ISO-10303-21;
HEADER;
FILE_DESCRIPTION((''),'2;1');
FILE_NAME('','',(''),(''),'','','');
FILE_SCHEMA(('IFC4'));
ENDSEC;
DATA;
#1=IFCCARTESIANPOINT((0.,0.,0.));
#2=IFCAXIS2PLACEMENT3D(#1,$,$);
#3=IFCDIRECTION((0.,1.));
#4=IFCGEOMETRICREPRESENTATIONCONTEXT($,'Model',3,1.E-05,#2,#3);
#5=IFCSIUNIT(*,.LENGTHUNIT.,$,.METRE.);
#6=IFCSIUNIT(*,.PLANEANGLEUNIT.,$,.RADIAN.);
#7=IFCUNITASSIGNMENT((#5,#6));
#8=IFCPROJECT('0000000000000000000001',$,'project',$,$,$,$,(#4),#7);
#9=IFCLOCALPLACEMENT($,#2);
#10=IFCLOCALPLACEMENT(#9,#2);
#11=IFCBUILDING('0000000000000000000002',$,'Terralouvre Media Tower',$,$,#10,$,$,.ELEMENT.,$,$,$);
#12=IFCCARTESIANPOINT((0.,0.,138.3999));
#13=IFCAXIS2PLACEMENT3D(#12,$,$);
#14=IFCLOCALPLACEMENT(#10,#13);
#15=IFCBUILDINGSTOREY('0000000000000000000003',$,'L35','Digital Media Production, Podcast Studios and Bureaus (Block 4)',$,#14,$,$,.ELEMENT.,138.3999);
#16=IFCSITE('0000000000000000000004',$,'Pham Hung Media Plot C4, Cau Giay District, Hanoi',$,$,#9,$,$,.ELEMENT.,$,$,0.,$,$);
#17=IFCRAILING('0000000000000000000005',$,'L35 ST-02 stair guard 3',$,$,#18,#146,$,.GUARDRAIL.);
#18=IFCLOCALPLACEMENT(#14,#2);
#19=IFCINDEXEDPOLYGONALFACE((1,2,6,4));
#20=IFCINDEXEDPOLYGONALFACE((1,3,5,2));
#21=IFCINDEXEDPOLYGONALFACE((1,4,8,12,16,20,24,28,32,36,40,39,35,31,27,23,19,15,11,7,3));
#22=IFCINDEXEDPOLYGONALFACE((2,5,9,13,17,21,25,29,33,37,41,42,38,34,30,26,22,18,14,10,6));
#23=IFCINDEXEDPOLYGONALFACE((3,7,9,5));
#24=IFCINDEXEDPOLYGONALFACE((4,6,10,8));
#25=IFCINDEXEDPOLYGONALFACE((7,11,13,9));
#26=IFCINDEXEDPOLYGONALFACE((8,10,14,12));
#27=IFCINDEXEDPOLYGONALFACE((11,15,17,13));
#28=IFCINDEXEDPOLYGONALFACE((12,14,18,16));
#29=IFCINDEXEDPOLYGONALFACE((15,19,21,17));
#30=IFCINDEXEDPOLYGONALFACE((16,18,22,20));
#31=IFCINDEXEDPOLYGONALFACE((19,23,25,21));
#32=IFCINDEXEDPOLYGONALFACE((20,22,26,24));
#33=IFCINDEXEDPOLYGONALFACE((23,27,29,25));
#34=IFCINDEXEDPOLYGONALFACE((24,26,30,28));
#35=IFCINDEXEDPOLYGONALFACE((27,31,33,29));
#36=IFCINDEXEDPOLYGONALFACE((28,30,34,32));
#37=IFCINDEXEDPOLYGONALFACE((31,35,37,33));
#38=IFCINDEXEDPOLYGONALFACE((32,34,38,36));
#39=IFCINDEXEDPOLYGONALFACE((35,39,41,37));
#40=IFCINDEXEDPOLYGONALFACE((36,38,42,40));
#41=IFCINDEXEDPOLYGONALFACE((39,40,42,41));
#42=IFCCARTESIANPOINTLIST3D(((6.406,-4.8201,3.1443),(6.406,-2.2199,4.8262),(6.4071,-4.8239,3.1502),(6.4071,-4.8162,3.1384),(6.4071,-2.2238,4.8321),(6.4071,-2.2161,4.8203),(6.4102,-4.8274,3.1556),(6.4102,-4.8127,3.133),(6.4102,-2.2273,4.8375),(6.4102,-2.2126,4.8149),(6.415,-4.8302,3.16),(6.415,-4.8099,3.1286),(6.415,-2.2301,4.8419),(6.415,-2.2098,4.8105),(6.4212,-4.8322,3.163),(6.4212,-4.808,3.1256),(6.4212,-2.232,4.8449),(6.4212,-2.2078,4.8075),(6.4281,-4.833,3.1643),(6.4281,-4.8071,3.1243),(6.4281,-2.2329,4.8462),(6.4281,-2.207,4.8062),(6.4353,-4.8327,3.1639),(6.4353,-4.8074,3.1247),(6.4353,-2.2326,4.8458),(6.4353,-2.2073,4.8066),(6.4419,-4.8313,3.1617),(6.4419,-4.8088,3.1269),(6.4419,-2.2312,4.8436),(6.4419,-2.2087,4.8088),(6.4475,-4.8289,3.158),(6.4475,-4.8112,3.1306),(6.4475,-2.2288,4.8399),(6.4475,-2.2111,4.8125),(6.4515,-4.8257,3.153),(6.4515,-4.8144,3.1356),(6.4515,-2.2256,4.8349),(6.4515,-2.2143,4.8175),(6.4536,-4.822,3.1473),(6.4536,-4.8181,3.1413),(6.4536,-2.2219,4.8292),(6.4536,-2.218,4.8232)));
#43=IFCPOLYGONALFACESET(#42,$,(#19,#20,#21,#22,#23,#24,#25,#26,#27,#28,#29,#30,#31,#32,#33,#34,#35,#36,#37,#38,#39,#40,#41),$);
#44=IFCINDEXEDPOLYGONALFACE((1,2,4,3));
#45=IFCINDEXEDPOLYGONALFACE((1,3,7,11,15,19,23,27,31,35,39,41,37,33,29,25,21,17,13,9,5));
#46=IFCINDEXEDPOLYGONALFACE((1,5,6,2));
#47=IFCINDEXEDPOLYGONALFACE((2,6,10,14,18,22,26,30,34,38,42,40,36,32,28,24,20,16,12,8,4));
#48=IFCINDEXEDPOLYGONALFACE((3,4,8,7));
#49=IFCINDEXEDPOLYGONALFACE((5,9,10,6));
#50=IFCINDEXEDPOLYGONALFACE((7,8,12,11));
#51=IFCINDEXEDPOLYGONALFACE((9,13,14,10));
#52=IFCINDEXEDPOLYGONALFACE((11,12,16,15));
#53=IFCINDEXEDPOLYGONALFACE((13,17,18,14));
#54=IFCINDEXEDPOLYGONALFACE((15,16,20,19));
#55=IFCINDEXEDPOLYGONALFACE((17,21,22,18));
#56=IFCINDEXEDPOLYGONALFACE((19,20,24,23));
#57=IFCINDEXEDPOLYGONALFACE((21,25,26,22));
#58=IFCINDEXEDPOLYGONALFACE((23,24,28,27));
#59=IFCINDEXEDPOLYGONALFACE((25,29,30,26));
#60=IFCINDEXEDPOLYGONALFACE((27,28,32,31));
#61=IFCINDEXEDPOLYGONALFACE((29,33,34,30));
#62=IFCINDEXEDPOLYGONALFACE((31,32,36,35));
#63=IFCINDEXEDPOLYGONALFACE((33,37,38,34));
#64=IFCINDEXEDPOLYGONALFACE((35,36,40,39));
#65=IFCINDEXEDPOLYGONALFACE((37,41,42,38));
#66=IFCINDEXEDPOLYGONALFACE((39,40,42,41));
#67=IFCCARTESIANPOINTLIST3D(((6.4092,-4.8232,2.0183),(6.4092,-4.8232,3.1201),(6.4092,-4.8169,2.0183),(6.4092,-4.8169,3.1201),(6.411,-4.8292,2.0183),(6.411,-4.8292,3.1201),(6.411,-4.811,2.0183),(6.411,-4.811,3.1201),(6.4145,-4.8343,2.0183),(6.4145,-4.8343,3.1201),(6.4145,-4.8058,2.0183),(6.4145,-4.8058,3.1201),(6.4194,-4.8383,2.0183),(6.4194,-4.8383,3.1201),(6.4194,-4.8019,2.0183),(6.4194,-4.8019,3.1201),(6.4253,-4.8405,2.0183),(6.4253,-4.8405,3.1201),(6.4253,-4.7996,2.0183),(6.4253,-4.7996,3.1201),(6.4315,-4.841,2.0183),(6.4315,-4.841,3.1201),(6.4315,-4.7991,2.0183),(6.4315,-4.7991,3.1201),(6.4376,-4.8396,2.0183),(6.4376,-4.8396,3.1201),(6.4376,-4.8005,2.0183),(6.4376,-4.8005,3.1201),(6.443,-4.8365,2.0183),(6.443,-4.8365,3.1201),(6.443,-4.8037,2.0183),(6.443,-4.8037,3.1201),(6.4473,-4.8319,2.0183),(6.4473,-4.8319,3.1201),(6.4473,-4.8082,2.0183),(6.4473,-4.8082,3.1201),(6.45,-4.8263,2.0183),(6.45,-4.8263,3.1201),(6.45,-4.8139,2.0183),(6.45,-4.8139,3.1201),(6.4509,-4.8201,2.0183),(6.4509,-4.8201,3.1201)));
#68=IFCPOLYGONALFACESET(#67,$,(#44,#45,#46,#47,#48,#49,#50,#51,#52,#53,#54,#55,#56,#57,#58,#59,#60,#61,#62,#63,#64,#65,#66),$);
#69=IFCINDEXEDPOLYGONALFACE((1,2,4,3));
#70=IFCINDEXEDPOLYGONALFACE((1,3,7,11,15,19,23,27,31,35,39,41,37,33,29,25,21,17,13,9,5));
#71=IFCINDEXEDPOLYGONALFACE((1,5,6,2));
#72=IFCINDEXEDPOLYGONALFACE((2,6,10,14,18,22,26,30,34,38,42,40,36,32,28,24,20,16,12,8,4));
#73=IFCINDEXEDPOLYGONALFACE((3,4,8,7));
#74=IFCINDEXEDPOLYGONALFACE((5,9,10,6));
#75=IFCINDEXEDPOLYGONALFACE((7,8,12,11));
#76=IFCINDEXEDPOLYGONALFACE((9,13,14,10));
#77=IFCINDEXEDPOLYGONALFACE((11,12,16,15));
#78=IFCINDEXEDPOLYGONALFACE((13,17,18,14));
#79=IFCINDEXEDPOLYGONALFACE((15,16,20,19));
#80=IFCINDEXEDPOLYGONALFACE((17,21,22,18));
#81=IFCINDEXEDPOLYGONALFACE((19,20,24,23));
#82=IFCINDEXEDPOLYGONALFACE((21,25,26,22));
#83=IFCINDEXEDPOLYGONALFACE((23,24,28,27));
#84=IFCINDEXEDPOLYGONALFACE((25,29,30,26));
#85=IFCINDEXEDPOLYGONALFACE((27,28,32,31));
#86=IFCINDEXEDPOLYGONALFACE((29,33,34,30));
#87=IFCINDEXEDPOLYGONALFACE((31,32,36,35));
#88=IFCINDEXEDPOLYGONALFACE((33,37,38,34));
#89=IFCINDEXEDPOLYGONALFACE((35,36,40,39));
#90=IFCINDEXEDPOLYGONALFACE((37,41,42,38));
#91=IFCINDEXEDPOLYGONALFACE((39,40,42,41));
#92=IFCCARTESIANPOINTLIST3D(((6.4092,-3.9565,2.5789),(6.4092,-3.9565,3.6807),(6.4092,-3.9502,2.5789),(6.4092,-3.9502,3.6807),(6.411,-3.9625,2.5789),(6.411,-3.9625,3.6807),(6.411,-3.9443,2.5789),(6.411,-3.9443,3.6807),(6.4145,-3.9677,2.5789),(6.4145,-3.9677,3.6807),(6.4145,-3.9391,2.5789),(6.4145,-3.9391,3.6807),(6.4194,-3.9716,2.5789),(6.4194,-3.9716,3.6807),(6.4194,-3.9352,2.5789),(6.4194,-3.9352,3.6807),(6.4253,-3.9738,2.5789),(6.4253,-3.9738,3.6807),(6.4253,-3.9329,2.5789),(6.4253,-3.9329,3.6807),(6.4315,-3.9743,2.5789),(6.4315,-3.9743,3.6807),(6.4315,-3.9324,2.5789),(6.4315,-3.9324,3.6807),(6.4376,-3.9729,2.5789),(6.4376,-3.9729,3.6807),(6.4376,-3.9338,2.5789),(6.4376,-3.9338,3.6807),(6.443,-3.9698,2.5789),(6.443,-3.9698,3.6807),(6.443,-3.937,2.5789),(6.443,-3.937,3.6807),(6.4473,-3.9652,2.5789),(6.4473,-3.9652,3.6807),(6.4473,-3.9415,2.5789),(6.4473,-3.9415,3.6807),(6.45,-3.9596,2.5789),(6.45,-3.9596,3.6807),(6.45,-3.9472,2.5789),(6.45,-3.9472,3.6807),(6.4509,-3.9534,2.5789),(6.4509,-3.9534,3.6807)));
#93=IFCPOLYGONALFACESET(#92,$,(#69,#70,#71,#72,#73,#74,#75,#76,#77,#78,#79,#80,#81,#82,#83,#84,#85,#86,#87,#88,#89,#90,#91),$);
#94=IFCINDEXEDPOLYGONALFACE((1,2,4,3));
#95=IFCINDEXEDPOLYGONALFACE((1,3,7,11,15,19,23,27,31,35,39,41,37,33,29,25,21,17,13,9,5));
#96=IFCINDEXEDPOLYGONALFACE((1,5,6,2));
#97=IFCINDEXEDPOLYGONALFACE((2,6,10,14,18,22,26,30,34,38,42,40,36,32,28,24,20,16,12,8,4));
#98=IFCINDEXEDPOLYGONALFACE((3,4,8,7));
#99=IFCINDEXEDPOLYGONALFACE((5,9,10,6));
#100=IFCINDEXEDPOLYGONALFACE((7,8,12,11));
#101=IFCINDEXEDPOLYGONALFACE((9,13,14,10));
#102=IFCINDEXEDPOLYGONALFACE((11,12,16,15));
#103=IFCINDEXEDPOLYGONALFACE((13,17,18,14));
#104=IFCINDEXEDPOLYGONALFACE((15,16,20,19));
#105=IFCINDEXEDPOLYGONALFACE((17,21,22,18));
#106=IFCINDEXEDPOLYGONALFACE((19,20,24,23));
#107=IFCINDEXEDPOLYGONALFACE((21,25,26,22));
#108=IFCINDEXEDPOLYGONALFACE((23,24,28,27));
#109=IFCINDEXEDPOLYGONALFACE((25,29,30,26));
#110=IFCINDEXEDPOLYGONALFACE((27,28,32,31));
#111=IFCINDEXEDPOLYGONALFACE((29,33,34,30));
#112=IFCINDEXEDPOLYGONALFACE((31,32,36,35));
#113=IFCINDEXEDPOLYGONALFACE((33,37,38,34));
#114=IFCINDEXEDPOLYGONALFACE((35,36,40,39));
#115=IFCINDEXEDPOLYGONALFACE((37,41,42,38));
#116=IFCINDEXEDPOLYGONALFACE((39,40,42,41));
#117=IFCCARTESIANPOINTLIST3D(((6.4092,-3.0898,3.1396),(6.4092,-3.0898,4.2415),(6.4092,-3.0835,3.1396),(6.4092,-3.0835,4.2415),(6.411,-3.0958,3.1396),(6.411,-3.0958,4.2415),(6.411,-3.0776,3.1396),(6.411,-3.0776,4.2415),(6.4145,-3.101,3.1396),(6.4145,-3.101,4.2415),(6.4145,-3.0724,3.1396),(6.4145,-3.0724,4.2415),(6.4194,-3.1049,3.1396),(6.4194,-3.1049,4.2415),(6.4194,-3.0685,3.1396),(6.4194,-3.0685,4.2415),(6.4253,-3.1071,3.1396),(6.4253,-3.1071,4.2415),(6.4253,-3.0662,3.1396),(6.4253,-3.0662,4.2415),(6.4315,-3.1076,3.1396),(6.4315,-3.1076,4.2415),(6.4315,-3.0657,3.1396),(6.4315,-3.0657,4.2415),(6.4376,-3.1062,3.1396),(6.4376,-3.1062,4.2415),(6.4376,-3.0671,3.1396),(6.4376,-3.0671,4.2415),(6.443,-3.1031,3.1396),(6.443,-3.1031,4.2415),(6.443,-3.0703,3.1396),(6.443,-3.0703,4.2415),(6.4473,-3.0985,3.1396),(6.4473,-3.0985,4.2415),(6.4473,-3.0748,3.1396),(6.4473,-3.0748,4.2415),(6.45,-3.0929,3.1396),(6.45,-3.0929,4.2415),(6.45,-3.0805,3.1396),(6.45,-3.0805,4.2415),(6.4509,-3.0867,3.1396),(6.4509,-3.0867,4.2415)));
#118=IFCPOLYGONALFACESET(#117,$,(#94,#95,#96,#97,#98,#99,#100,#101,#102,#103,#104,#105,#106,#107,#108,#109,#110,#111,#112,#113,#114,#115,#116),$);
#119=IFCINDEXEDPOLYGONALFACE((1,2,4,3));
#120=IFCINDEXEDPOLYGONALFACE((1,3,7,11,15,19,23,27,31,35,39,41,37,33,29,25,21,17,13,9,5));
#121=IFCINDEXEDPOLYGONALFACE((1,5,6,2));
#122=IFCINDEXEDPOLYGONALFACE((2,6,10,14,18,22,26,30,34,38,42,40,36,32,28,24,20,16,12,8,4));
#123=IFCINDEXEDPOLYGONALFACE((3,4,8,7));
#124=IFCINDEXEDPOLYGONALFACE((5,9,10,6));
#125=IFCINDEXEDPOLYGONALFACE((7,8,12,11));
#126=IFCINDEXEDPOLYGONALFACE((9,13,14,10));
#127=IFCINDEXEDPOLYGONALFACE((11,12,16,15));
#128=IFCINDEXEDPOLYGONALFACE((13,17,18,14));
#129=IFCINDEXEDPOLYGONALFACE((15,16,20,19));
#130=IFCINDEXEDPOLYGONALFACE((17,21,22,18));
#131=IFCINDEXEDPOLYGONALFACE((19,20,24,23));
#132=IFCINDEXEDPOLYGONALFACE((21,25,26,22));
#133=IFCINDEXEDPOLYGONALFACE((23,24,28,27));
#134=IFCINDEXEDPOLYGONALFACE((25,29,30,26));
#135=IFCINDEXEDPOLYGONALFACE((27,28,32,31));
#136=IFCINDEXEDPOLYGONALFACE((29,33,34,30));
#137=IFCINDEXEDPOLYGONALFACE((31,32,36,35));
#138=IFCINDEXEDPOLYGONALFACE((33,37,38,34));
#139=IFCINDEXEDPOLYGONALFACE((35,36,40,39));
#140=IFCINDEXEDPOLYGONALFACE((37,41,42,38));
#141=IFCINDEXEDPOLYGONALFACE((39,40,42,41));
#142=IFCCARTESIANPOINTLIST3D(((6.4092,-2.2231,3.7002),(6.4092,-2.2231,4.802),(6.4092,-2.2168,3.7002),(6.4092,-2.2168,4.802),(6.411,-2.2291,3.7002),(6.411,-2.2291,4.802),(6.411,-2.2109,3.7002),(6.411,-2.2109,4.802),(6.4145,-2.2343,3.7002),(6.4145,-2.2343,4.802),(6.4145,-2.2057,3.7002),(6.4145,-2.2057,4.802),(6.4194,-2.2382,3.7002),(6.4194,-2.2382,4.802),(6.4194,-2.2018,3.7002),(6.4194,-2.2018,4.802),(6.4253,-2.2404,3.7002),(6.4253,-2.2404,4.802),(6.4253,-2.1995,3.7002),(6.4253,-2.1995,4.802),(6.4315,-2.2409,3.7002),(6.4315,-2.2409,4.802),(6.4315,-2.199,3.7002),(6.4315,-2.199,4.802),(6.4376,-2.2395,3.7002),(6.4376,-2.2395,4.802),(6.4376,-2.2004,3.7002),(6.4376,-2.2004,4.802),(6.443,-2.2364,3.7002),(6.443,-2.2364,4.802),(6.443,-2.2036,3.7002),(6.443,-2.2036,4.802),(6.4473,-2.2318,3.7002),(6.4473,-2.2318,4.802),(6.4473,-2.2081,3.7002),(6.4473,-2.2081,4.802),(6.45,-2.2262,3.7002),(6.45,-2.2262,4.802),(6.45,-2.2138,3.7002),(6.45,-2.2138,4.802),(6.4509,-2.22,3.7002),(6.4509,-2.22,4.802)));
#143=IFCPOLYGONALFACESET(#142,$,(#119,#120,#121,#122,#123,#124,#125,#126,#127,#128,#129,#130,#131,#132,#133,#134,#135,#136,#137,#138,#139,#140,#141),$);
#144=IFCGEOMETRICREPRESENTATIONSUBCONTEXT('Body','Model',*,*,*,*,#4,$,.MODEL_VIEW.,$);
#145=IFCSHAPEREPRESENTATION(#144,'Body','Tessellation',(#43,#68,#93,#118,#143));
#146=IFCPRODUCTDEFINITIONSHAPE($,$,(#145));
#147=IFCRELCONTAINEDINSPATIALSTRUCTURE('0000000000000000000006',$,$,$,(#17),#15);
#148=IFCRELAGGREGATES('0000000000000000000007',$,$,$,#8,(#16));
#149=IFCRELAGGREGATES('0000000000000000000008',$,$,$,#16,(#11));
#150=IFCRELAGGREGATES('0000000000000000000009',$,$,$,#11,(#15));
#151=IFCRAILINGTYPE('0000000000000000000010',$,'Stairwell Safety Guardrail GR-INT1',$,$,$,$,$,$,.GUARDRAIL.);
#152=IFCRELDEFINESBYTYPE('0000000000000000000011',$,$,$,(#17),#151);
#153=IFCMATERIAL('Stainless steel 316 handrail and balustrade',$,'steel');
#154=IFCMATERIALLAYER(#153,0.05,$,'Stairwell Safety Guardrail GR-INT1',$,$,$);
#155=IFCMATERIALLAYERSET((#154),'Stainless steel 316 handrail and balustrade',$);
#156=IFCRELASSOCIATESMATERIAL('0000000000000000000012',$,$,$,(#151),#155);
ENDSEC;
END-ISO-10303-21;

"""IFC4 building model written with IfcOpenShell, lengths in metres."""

from ifc_helpers import new_model, si_unit, direction, frame, origin, origin_2d, place, context, subcontext, project, spatial, circle, extrude, material, layer, layer_set, type_object, element, save


model = new_model("IFC4")

# Units and contexts
model_context = context("Model", 3, precision=1e-05, world=origin(), true_north=direction((0.0, 1.0)))
body_context = subcontext(model_context, "Body", "Model", "MODEL_VIEW")
ifc_project = project(units=[si_unit("LENGTHUNIT", "METRE"), si_unit("PLANEANGLEUNIT", "RADIAN")], contexts=[model_context])

# Site, building, storey
site_placement = place(None, origin())
site = spatial("IfcSite", under=ifc_project, at=site_placement, Name="Pham Hung Media Plot C4, Cau Giay District, Hanoi", CompositionType="ELEMENT", RefElevation=0.0)
building_placement = place(site_placement, origin())
building = spatial("IfcBuilding", under=site, at=building_placement, Name="Terralouvre Media Tower", CompositionType="ELEMENT")
storey_placement = place(building_placement, frame((0.0, 0.0, 138.3999)))
storey = spatial("IfcBuildingStorey", under=building, at=storey_placement, Name="L35", Description="Digital Media Production, Podcast Studios and Bureaus (Block 4)", CompositionType="ELEMENT", Elevation=138.3999)

# Railing
ifc_material_1 = material(Name="Stainless steel 316 handrail and balustrade", Category="steel")
ifc_layer_1 = layer(ifc_material_1, 0.05, Name="Stairwell Safety Guardrail GR-INT1")
ifc_layer_set_1 = layer_set([ifc_layer_1], Name="Stainless steel 316 handrail and balustrade")
railing_type_1 = type_object("IfcRailingType", Name="Stairwell Safety Guardrail GR-INT1", PredefinedType="GUARDRAIL", material=ifc_layer_set_1)
railing_1_placement = place(storey_placement, frame((6.4299, -4.8201, 2.0183)))
element("IfcRailing", 1, at=railing_1_placement, inside=storey, type_object=railing_type_1, Name="L35 ST-02 stair guard 3", PredefinedType="GUARDRAIL", context=body_context, shape_type="SweptSolid", body=[
    extrude(circle(Radius=0.0239, at=origin_2d()), frame((0.0, 0.0, 1.126), z_axis=(0.0, 0.839648, 0.54313), x_axis=(-1.0, 0.0, 0.0)), (0.0, 0.0, 1.0), 3.0967),
    extrude(circle(Radius=0.021, at=origin_2d()), origin(), (0.0, 0.0, 1.0), 1.1018),
    extrude(circle(Radius=0.021, at=origin_2d()), frame((0.0, 0.8667, 0.5605)), (0.0, 0.0, 1.0), 1.1018),
    extrude(circle(Radius=0.021, at=origin_2d()), frame((0.0, 1.7334, 1.1213)), (0.0, 0.0, 1.0), 1.1018),
    extrude(circle(Radius=0.021, at=origin_2d()), frame((0.0, 2.6001, 1.6819)), (0.0, 0.0, 1.0), 1.1018),
])

save(model, "model.ifc")
